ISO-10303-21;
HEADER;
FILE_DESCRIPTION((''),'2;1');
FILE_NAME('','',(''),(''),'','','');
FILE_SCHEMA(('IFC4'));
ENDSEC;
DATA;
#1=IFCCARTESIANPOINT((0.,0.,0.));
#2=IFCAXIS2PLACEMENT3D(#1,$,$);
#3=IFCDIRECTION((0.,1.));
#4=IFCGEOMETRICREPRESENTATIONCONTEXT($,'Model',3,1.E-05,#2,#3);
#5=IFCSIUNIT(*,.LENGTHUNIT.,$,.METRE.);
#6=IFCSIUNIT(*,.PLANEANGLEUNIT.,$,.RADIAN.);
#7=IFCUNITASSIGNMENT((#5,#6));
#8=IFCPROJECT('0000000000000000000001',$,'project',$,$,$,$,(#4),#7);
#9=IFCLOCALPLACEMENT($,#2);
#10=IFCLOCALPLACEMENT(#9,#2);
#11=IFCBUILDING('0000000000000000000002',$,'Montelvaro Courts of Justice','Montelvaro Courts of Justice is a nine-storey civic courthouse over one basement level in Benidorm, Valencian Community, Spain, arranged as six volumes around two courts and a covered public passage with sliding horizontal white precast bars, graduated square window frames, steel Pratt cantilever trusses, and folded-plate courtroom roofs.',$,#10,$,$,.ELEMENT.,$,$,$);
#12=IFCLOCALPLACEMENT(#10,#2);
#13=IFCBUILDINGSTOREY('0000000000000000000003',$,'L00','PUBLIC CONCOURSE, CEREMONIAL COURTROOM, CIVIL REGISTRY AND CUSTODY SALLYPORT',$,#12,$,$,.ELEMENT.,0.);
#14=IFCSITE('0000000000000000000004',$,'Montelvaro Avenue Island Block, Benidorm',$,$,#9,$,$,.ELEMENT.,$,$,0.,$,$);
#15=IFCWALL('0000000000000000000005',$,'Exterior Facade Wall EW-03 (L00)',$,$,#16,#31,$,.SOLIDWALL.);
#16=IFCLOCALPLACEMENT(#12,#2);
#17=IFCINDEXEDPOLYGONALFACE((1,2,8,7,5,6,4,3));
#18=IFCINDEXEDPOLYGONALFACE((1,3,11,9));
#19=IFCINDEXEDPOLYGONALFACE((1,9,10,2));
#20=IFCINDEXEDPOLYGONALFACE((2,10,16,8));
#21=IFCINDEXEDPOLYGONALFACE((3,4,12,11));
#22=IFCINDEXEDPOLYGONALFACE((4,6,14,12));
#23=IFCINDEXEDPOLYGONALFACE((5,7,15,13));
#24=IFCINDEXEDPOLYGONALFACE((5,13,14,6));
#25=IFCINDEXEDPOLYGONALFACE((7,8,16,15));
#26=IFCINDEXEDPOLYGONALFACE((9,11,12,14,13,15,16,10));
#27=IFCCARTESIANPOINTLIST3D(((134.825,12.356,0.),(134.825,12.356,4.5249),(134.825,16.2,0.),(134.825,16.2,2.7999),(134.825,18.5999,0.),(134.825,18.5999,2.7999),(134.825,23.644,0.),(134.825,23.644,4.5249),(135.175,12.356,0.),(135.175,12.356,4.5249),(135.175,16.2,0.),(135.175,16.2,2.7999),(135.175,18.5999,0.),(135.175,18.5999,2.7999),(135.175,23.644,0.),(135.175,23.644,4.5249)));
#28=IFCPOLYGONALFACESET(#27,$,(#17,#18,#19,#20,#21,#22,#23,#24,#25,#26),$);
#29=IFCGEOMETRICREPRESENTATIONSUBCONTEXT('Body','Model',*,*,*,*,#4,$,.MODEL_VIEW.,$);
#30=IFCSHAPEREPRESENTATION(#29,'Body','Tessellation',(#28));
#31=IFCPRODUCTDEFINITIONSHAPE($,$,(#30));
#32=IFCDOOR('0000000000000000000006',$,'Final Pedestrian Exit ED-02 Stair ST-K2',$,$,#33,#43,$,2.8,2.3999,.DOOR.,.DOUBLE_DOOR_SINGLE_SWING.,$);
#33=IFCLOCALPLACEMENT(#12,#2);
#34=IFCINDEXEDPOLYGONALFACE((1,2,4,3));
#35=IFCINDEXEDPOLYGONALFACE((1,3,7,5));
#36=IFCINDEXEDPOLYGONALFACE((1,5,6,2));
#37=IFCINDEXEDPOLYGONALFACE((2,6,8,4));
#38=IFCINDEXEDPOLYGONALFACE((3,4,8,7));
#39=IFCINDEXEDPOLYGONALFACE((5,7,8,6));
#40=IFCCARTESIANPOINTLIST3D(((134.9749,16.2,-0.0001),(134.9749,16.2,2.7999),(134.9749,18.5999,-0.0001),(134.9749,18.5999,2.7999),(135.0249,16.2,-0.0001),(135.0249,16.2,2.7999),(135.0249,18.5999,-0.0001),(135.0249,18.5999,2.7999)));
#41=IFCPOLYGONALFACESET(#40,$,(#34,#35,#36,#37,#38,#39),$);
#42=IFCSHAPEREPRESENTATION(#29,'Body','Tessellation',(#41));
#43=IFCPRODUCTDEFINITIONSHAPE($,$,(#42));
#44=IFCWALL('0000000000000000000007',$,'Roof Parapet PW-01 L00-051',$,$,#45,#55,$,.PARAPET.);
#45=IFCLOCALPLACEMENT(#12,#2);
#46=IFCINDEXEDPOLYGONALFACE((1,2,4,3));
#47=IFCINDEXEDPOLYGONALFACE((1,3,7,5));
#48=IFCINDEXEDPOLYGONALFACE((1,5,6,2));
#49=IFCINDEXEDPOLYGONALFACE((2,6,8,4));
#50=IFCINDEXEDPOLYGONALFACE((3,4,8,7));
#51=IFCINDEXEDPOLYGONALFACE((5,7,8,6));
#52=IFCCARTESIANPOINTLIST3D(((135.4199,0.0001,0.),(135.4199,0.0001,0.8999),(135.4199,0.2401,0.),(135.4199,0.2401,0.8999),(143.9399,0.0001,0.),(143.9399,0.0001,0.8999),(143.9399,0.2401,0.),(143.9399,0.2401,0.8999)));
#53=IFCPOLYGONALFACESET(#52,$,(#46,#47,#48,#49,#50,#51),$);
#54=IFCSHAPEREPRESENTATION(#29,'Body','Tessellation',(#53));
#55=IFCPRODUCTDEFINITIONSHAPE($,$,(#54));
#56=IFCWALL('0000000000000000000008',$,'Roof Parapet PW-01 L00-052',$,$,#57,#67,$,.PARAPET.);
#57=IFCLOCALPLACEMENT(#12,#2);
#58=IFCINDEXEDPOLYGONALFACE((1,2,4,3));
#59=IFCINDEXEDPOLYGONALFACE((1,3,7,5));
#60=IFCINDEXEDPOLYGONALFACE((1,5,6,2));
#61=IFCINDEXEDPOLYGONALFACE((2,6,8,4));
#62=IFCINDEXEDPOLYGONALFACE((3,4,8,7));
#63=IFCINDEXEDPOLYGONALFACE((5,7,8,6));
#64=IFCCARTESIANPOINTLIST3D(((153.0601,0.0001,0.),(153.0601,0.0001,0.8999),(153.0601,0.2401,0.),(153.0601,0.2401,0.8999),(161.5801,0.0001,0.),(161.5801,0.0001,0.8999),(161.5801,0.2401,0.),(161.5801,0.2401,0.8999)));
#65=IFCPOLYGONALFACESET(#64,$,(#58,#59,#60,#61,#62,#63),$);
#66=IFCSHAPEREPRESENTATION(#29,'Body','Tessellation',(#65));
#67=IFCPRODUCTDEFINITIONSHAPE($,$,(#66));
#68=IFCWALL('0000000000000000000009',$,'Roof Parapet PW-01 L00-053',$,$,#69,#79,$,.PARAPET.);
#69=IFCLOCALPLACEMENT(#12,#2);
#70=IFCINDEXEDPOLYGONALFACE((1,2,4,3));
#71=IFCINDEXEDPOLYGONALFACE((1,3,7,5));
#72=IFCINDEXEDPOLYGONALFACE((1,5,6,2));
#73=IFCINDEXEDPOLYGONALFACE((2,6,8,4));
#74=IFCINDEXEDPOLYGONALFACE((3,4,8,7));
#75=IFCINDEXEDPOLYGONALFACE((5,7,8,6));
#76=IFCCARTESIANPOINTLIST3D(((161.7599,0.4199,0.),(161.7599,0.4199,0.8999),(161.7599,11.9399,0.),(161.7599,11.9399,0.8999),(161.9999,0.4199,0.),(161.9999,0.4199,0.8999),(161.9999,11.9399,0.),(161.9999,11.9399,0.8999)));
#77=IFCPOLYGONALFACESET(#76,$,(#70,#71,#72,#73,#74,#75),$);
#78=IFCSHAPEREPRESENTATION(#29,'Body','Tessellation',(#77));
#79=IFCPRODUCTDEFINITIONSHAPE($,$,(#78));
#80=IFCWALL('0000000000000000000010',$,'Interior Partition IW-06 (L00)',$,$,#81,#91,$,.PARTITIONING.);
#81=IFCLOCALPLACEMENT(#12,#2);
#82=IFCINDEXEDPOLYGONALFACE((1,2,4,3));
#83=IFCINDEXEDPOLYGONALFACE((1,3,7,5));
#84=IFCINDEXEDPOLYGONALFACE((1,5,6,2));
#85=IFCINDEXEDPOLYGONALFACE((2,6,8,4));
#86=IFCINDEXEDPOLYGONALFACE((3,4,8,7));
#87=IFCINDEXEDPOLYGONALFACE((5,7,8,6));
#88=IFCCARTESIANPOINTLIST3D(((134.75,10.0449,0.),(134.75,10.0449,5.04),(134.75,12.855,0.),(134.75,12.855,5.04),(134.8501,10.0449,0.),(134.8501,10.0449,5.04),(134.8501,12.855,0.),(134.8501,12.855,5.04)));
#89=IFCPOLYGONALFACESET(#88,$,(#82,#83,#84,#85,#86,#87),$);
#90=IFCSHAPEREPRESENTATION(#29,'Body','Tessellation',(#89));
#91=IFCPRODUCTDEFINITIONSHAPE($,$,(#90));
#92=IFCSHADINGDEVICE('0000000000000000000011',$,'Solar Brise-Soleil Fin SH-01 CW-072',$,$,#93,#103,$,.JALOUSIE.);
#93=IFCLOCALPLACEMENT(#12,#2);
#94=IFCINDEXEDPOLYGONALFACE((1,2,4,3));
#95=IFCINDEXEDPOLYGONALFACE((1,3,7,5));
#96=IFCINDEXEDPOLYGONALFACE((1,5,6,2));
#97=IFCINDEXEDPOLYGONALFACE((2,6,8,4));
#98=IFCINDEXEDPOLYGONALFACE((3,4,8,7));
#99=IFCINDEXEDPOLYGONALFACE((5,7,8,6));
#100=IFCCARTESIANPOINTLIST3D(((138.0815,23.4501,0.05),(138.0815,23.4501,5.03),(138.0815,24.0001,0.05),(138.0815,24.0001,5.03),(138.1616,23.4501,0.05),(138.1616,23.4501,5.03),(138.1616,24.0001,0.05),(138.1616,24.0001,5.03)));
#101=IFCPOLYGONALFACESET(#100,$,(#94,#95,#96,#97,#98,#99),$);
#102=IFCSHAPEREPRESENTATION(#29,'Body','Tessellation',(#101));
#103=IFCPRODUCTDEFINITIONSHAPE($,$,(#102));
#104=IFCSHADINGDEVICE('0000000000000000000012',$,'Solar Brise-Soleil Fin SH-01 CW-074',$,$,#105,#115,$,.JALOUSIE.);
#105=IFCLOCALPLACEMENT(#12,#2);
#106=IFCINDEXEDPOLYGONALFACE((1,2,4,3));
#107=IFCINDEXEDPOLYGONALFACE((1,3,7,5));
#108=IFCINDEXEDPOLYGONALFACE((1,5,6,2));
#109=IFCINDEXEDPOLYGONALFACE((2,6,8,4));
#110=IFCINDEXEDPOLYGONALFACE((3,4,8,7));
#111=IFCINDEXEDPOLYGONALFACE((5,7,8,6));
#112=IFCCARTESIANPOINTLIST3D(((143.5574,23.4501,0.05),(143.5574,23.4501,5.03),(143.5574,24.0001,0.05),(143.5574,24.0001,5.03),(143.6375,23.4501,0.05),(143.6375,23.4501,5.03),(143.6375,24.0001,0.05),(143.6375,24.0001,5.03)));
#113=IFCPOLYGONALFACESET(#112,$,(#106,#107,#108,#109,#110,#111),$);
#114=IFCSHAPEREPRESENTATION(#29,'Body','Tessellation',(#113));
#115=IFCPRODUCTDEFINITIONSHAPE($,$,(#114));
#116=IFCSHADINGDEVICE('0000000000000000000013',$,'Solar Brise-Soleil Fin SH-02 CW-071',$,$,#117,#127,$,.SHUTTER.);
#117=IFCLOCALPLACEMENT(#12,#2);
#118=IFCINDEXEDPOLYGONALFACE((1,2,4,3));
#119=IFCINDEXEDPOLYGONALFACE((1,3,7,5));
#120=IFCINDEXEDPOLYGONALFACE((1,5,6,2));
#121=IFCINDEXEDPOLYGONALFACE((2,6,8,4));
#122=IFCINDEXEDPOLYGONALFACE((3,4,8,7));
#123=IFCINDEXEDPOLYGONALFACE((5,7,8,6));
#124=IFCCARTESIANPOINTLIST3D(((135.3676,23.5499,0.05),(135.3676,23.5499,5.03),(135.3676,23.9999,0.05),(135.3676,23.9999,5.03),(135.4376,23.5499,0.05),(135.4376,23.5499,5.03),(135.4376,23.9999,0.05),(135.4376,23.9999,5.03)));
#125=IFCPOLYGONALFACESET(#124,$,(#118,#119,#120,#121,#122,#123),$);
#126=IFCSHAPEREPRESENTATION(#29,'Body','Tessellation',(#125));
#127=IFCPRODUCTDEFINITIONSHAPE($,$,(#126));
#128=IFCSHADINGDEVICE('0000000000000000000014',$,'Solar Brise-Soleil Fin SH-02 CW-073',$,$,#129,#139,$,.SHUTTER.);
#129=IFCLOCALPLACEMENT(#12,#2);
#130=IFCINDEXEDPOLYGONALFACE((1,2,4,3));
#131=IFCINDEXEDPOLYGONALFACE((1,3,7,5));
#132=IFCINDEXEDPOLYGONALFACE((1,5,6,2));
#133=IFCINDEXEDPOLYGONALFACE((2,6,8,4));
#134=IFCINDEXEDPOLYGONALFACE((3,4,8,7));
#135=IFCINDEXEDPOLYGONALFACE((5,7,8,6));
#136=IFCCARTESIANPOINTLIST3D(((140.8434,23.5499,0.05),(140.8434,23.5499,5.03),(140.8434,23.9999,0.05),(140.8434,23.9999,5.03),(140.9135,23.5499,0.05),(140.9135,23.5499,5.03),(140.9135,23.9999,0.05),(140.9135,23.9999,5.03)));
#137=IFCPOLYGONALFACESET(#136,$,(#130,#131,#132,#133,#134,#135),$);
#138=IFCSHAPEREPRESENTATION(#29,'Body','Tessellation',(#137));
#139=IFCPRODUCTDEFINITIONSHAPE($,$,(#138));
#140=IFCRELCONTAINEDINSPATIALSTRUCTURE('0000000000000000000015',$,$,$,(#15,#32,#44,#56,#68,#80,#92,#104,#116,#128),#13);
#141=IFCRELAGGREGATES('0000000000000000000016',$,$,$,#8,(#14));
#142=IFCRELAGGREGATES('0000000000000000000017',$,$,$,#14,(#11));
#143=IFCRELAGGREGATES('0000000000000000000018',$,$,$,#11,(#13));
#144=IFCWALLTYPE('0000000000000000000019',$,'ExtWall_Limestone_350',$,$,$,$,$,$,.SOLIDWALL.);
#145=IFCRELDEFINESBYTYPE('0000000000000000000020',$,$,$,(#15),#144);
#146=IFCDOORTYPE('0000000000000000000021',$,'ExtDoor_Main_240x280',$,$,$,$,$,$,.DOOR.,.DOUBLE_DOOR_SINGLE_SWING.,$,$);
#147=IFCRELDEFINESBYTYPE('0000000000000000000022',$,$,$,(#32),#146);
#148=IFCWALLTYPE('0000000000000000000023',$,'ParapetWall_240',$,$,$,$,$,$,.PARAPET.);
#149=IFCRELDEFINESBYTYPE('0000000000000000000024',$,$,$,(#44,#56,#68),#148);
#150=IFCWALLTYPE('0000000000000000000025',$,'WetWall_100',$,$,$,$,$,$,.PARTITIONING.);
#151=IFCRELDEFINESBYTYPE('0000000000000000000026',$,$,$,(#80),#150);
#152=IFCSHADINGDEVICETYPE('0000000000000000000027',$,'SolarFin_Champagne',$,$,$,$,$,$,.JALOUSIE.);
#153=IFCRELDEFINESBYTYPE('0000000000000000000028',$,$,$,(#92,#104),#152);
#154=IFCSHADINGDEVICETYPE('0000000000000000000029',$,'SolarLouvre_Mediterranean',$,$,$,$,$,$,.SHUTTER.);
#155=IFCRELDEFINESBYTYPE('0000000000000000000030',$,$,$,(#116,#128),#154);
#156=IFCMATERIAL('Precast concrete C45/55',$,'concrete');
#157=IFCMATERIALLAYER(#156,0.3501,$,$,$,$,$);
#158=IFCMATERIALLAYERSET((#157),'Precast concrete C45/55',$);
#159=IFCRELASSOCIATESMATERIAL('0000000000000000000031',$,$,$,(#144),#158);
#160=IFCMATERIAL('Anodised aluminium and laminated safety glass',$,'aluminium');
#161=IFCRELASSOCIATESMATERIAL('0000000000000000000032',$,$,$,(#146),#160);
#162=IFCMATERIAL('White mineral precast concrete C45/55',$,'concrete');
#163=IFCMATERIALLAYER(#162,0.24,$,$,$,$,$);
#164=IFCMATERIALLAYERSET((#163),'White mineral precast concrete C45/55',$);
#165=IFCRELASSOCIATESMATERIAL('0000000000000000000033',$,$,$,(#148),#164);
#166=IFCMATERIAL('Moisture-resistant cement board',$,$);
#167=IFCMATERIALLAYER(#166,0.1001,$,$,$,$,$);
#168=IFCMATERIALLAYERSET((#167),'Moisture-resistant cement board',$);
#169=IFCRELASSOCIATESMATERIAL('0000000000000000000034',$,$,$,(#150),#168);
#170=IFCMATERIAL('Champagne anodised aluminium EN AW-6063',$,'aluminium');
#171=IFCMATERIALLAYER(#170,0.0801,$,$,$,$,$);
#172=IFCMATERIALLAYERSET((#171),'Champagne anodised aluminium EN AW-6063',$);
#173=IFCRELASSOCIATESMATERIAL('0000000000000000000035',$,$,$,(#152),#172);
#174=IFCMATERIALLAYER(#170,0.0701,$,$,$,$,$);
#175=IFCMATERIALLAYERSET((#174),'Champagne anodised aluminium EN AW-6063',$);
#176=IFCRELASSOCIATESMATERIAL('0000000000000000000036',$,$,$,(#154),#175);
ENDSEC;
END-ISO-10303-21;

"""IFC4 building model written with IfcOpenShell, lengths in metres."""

from ifc_helpers import new_model, si_unit, direction, frame, frame_2d, origin, origin_2d, place, context, subcontext, project, spatial, rectangle, extrude, material, layer, layer_set, type_object, element, fill, save


model = new_model("IFC4")

# Units and contexts
model_context = context("Model", 3, precision=1e-05, world=origin(), true_north=direction((0.0, 1.0)))
body_context = subcontext(model_context, "Body", "Model", "MODEL_VIEW")
ifc_project = project(units=[si_unit("LENGTHUNIT", "METRE"), si_unit("PLANEANGLEUNIT", "RADIAN")], contexts=[model_context])

# Site, building, storey
site_placement = place(None, origin())
site = spatial("IfcSite", under=ifc_project, at=site_placement, Name="Montelvaro Avenue Island Block, Benidorm", CompositionType="ELEMENT", RefElevation=0.0)
building_placement = place(site_placement, origin())
building = spatial("IfcBuilding", under=site, at=building_placement, Name="Montelvaro Courts of Justice", Description="Montelvaro Courts of Justice is a nine-storey civic courthouse over one basement level in Benidorm, Valencian Community, Spain, arranged as six volumes around two courts and a covered public passage with sliding horizontal white precast bars, graduated square window frames, steel Pratt cantilever trusses, and folded-plate courtroom roofs.", CompositionType="ELEMENT")
storey_placement = place(building_placement, origin())
storey = spatial("IfcBuildingStorey", under=building, at=storey_placement, Name="L00", Description="PUBLIC CONCOURSE, CEREMONIAL COURTROOM, CIVIL REGISTRY AND CUSTODY SALLYPORT", CompositionType="ELEMENT", Elevation=0.0)

# Wall, opening, door
ifc_material_1 = material(Name="Precast concrete C45/55", Category="concrete")
ifc_layer_1 = layer(ifc_material_1, 0.3501)
ifc_layer_set_1 = layer_set([ifc_layer_1], Name="Precast concrete C45/55")
wall_type_1 = type_object("IfcWallType", Name="ExtWall_Limestone_350", PredefinedType="SOLIDWALL", material=ifc_layer_set_1)
wall_1_placement = place(storey_placement, frame((135.0, 12.356, 0.0), z_axis=(0.0, 0.0, 1.0), x_axis=(0.0, 1.0, 0.0)))
wall_1 = element("IfcWall", 1, at=wall_1_placement, inside=storey, type_object=wall_type_1, Name="Exterior Facade Wall EW-03 (L00)", PredefinedType="SOLIDWALL", context=body_context, shape_type="SweptSolid", body=[
    extrude(rectangle(XDim=11.2881, YDim=0.3501, at=frame_2d((5.644, 0.0))), origin(), (0.0, 0.0, 1.0), 4.5249),
])
opening_1_placement = place(wall_1_placement, frame((3.844, 0.0, 0.0)))
opening_1 = element("IfcOpeningElement", 2, at=opening_1_placement, cuts=wall_1, PredefinedType="OPENING", context=body_context, shape_type="SweptSolid", body=[
    extrude(rectangle(XDim=2.3999, YDim=2.8, at=frame_2d((1.2, 1.3999))), frame((0.0, 0.1899, 0.0), z_axis=(0.0, -1.0, 0.0), x_axis=(1.0, 0.0, 0.0)), (0.0, 0.0, 1.0), 0.3799),
])
ifc_material_2 = material(Name="Anodised aluminium and laminated safety glass", Category="aluminium")
door_type_1 = type_object("IfcDoorType", Name="ExtDoor_Main_240x280", OperationType="DOUBLE_DOOR_SINGLE_SWING", PredefinedType="DOOR", material=ifc_material_2)
door_1_placement = place(opening_1_placement, frame((2.3999, 0.0, 0.0), z_axis=(0.0, 0.0, 1.0), x_axis=(-1.0, 0.0, 0.0)))
door_1 = element("IfcDoor", 3, at=door_1_placement, inside=storey, type_object=door_type_1, Name="Final Pedestrian Exit ED-02 Stair ST-K2", OperationType="DOUBLE_DOOR_SINGLE_SWING", OverallHeight=2.8, OverallWidth=2.3999, PredefinedType="DOOR", context=body_context, shape_type="SweptSolid", body=[
    extrude(rectangle(XDim=2.3999, YDim=2.8, at=frame_2d((1.2, 1.3999))), frame((0.0, 0.0249, 0.0), z_axis=(0.0, -1.0, 0.0), x_axis=(1.0, 0.0, 0.0)), (0.0, 0.0, 1.0), 0.05),
])
fill(opening_1, door_1)

# Walls
ifc_material_3 = material(Name="White mineral precast concrete C45/55", Category="concrete")
ifc_layer_2 = layer(ifc_material_3, 0.24)
ifc_layer_set_2 = layer_set([ifc_layer_2], Name="White mineral precast concrete C45/55")
wall_type_2 = type_object("IfcWallType", Name="ParapetWall_240", PredefinedType="PARAPET", material=ifc_layer_set_2)
for number, where, z_axis, x_axis, name in (
    (4, (135.4199, 0.1201, 0.0), (0.0, 0.0, 1.0), (1.0, 0.0, 0.0), "Roof Parapet PW-01 L00-051"),
    (5, (153.0601, 0.1201, 0.0), (0.0, 0.0, 1.0), (1.0, 0.0, 0.0), "Roof Parapet PW-01 L00-052"),
):
    element("IfcWall", number, at=place(storey_placement, frame(where, z_axis=z_axis, x_axis=x_axis)), inside=storey, type_object=wall_type_2, Name=name, PredefinedType="PARAPET", context=body_context, shape_type="SweptSolid", body=[
        extrude(rectangle(XDim=8.52, YDim=0.24, at=frame_2d((4.26, 0.0))), origin(), (0.0, 0.0, 1.0), 0.8999),
    ])
wall_2_placement = place(storey_placement, frame((161.8799, 0.4199, 0.0), z_axis=(0.0, 0.0, 1.0), x_axis=(0.0, 1.0, 0.0)))
element("IfcWall", 6, at=wall_2_placement, inside=storey, type_object=wall_type_2, Name="Roof Parapet PW-01 L00-053", PredefinedType="PARAPET", context=body_context, shape_type="SweptSolid", body=[
    extrude(rectangle(XDim=11.52, YDim=0.24, at=frame_2d((5.76, 0.0))), origin(), (0.0, 0.0, 1.0), 0.8999),
])
ifc_material_4 = material(Name="Moisture-resistant cement board")
ifc_layer_3 = layer(ifc_material_4, 0.1001)
ifc_layer_set_3 = layer_set([ifc_layer_3], Name="Moisture-resistant cement board")
wall_type_3 = type_object("IfcWallType", Name="WetWall_100", PredefinedType="PARTITIONING", material=ifc_layer_set_3)
wall_3_placement = place(storey_placement, frame((134.8, 12.855, 0.0), z_axis=(0.0, 0.0, 1.0), x_axis=(0.0, -1.0, 0.0)))
element("IfcWall", 7, at=wall_3_placement, inside=storey, type_object=wall_type_3, Name="Interior Partition IW-06 (L00)", PredefinedType="PARTITIONING", context=body_context, shape_type="SweptSolid", body=[
    extrude(rectangle(XDim=2.8101, YDim=0.1001, at=frame_2d((1.405, 0.0))), origin(), (0.0, 0.0, 1.0), 5.04),
])

# Shading devices
ifc_material_5 = material(Name="Champagne anodised aluminium EN AW-6063", Category="aluminium")
ifc_layer_4 = layer(ifc_material_5, 0.0801)
ifc_layer_set_4 = layer_set([ifc_layer_4], Name="Champagne anodised aluminium EN AW-6063")
shading_device_type_1 = type_object("IfcShadingDeviceType", Name="SolarFin_Champagne", PredefinedType="JALOUSIE", material=ifc_layer_set_4)
for number, where, z_axis, x_axis, name in (
    (8, (138.1216, 23.7251, 0.05), (0.0, 0.0, 1.0), (1.0, 0.0, 0.0), "Solar Brise-Soleil Fin SH-01 CW-072"),
    (9, (143.5974, 23.7251, 0.05), (0.0, 0.0, 1.0), (1.0, 0.0, 0.0), "Solar Brise-Soleil Fin SH-01 CW-074"),
):
    element("IfcShadingDevice", number, at=place(storey_placement, frame(where, z_axis=z_axis, x_axis=x_axis)), inside=storey, type_object=shading_device_type_1, Name=name, PredefinedType="JALOUSIE", context=body_context, shape_type="SweptSolid", body=[
        extrude(rectangle(XDim=0.0801, YDim=0.55, at=origin_2d()), origin(), (0.0, 0.0, 1.0), 4.98),
    ])
ifc_layer_5 = layer(ifc_material_5, 0.0701)
ifc_layer_set_5 = layer_set([ifc_layer_5], Name="Champagne anodised aluminium EN AW-6063")
shading_device_type_2 = type_object("IfcShadingDeviceType", Name="SolarLouvre_Mediterranean", PredefinedType="SHUTTER", material=ifc_layer_set_5)
for number, where, z_axis, x_axis, name in (
    (10, (135.4026, 23.7749, 0.05), (0.0, 0.0, 1.0), (1.0, 0.0, 0.0), "Solar Brise-Soleil Fin SH-02 CW-071"),
    (11, (140.8784, 23.7749, 0.05), (0.0, 0.0, 1.0), (1.0, 0.0, 0.0), "Solar Brise-Soleil Fin SH-02 CW-073"),
):
    element("IfcShadingDevice", number, at=place(storey_placement, frame(where, z_axis=z_axis, x_axis=x_axis)), inside=storey, type_object=shading_device_type_2, Name=name, PredefinedType="SHUTTER", context=body_context, shape_type="SweptSolid", body=[
        extrude(rectangle(XDim=0.0701, YDim=0.45, at=origin_2d()), origin(), (0.0, 0.0, 1.0), 4.98),
    ])

save(model, "model.ifc")
